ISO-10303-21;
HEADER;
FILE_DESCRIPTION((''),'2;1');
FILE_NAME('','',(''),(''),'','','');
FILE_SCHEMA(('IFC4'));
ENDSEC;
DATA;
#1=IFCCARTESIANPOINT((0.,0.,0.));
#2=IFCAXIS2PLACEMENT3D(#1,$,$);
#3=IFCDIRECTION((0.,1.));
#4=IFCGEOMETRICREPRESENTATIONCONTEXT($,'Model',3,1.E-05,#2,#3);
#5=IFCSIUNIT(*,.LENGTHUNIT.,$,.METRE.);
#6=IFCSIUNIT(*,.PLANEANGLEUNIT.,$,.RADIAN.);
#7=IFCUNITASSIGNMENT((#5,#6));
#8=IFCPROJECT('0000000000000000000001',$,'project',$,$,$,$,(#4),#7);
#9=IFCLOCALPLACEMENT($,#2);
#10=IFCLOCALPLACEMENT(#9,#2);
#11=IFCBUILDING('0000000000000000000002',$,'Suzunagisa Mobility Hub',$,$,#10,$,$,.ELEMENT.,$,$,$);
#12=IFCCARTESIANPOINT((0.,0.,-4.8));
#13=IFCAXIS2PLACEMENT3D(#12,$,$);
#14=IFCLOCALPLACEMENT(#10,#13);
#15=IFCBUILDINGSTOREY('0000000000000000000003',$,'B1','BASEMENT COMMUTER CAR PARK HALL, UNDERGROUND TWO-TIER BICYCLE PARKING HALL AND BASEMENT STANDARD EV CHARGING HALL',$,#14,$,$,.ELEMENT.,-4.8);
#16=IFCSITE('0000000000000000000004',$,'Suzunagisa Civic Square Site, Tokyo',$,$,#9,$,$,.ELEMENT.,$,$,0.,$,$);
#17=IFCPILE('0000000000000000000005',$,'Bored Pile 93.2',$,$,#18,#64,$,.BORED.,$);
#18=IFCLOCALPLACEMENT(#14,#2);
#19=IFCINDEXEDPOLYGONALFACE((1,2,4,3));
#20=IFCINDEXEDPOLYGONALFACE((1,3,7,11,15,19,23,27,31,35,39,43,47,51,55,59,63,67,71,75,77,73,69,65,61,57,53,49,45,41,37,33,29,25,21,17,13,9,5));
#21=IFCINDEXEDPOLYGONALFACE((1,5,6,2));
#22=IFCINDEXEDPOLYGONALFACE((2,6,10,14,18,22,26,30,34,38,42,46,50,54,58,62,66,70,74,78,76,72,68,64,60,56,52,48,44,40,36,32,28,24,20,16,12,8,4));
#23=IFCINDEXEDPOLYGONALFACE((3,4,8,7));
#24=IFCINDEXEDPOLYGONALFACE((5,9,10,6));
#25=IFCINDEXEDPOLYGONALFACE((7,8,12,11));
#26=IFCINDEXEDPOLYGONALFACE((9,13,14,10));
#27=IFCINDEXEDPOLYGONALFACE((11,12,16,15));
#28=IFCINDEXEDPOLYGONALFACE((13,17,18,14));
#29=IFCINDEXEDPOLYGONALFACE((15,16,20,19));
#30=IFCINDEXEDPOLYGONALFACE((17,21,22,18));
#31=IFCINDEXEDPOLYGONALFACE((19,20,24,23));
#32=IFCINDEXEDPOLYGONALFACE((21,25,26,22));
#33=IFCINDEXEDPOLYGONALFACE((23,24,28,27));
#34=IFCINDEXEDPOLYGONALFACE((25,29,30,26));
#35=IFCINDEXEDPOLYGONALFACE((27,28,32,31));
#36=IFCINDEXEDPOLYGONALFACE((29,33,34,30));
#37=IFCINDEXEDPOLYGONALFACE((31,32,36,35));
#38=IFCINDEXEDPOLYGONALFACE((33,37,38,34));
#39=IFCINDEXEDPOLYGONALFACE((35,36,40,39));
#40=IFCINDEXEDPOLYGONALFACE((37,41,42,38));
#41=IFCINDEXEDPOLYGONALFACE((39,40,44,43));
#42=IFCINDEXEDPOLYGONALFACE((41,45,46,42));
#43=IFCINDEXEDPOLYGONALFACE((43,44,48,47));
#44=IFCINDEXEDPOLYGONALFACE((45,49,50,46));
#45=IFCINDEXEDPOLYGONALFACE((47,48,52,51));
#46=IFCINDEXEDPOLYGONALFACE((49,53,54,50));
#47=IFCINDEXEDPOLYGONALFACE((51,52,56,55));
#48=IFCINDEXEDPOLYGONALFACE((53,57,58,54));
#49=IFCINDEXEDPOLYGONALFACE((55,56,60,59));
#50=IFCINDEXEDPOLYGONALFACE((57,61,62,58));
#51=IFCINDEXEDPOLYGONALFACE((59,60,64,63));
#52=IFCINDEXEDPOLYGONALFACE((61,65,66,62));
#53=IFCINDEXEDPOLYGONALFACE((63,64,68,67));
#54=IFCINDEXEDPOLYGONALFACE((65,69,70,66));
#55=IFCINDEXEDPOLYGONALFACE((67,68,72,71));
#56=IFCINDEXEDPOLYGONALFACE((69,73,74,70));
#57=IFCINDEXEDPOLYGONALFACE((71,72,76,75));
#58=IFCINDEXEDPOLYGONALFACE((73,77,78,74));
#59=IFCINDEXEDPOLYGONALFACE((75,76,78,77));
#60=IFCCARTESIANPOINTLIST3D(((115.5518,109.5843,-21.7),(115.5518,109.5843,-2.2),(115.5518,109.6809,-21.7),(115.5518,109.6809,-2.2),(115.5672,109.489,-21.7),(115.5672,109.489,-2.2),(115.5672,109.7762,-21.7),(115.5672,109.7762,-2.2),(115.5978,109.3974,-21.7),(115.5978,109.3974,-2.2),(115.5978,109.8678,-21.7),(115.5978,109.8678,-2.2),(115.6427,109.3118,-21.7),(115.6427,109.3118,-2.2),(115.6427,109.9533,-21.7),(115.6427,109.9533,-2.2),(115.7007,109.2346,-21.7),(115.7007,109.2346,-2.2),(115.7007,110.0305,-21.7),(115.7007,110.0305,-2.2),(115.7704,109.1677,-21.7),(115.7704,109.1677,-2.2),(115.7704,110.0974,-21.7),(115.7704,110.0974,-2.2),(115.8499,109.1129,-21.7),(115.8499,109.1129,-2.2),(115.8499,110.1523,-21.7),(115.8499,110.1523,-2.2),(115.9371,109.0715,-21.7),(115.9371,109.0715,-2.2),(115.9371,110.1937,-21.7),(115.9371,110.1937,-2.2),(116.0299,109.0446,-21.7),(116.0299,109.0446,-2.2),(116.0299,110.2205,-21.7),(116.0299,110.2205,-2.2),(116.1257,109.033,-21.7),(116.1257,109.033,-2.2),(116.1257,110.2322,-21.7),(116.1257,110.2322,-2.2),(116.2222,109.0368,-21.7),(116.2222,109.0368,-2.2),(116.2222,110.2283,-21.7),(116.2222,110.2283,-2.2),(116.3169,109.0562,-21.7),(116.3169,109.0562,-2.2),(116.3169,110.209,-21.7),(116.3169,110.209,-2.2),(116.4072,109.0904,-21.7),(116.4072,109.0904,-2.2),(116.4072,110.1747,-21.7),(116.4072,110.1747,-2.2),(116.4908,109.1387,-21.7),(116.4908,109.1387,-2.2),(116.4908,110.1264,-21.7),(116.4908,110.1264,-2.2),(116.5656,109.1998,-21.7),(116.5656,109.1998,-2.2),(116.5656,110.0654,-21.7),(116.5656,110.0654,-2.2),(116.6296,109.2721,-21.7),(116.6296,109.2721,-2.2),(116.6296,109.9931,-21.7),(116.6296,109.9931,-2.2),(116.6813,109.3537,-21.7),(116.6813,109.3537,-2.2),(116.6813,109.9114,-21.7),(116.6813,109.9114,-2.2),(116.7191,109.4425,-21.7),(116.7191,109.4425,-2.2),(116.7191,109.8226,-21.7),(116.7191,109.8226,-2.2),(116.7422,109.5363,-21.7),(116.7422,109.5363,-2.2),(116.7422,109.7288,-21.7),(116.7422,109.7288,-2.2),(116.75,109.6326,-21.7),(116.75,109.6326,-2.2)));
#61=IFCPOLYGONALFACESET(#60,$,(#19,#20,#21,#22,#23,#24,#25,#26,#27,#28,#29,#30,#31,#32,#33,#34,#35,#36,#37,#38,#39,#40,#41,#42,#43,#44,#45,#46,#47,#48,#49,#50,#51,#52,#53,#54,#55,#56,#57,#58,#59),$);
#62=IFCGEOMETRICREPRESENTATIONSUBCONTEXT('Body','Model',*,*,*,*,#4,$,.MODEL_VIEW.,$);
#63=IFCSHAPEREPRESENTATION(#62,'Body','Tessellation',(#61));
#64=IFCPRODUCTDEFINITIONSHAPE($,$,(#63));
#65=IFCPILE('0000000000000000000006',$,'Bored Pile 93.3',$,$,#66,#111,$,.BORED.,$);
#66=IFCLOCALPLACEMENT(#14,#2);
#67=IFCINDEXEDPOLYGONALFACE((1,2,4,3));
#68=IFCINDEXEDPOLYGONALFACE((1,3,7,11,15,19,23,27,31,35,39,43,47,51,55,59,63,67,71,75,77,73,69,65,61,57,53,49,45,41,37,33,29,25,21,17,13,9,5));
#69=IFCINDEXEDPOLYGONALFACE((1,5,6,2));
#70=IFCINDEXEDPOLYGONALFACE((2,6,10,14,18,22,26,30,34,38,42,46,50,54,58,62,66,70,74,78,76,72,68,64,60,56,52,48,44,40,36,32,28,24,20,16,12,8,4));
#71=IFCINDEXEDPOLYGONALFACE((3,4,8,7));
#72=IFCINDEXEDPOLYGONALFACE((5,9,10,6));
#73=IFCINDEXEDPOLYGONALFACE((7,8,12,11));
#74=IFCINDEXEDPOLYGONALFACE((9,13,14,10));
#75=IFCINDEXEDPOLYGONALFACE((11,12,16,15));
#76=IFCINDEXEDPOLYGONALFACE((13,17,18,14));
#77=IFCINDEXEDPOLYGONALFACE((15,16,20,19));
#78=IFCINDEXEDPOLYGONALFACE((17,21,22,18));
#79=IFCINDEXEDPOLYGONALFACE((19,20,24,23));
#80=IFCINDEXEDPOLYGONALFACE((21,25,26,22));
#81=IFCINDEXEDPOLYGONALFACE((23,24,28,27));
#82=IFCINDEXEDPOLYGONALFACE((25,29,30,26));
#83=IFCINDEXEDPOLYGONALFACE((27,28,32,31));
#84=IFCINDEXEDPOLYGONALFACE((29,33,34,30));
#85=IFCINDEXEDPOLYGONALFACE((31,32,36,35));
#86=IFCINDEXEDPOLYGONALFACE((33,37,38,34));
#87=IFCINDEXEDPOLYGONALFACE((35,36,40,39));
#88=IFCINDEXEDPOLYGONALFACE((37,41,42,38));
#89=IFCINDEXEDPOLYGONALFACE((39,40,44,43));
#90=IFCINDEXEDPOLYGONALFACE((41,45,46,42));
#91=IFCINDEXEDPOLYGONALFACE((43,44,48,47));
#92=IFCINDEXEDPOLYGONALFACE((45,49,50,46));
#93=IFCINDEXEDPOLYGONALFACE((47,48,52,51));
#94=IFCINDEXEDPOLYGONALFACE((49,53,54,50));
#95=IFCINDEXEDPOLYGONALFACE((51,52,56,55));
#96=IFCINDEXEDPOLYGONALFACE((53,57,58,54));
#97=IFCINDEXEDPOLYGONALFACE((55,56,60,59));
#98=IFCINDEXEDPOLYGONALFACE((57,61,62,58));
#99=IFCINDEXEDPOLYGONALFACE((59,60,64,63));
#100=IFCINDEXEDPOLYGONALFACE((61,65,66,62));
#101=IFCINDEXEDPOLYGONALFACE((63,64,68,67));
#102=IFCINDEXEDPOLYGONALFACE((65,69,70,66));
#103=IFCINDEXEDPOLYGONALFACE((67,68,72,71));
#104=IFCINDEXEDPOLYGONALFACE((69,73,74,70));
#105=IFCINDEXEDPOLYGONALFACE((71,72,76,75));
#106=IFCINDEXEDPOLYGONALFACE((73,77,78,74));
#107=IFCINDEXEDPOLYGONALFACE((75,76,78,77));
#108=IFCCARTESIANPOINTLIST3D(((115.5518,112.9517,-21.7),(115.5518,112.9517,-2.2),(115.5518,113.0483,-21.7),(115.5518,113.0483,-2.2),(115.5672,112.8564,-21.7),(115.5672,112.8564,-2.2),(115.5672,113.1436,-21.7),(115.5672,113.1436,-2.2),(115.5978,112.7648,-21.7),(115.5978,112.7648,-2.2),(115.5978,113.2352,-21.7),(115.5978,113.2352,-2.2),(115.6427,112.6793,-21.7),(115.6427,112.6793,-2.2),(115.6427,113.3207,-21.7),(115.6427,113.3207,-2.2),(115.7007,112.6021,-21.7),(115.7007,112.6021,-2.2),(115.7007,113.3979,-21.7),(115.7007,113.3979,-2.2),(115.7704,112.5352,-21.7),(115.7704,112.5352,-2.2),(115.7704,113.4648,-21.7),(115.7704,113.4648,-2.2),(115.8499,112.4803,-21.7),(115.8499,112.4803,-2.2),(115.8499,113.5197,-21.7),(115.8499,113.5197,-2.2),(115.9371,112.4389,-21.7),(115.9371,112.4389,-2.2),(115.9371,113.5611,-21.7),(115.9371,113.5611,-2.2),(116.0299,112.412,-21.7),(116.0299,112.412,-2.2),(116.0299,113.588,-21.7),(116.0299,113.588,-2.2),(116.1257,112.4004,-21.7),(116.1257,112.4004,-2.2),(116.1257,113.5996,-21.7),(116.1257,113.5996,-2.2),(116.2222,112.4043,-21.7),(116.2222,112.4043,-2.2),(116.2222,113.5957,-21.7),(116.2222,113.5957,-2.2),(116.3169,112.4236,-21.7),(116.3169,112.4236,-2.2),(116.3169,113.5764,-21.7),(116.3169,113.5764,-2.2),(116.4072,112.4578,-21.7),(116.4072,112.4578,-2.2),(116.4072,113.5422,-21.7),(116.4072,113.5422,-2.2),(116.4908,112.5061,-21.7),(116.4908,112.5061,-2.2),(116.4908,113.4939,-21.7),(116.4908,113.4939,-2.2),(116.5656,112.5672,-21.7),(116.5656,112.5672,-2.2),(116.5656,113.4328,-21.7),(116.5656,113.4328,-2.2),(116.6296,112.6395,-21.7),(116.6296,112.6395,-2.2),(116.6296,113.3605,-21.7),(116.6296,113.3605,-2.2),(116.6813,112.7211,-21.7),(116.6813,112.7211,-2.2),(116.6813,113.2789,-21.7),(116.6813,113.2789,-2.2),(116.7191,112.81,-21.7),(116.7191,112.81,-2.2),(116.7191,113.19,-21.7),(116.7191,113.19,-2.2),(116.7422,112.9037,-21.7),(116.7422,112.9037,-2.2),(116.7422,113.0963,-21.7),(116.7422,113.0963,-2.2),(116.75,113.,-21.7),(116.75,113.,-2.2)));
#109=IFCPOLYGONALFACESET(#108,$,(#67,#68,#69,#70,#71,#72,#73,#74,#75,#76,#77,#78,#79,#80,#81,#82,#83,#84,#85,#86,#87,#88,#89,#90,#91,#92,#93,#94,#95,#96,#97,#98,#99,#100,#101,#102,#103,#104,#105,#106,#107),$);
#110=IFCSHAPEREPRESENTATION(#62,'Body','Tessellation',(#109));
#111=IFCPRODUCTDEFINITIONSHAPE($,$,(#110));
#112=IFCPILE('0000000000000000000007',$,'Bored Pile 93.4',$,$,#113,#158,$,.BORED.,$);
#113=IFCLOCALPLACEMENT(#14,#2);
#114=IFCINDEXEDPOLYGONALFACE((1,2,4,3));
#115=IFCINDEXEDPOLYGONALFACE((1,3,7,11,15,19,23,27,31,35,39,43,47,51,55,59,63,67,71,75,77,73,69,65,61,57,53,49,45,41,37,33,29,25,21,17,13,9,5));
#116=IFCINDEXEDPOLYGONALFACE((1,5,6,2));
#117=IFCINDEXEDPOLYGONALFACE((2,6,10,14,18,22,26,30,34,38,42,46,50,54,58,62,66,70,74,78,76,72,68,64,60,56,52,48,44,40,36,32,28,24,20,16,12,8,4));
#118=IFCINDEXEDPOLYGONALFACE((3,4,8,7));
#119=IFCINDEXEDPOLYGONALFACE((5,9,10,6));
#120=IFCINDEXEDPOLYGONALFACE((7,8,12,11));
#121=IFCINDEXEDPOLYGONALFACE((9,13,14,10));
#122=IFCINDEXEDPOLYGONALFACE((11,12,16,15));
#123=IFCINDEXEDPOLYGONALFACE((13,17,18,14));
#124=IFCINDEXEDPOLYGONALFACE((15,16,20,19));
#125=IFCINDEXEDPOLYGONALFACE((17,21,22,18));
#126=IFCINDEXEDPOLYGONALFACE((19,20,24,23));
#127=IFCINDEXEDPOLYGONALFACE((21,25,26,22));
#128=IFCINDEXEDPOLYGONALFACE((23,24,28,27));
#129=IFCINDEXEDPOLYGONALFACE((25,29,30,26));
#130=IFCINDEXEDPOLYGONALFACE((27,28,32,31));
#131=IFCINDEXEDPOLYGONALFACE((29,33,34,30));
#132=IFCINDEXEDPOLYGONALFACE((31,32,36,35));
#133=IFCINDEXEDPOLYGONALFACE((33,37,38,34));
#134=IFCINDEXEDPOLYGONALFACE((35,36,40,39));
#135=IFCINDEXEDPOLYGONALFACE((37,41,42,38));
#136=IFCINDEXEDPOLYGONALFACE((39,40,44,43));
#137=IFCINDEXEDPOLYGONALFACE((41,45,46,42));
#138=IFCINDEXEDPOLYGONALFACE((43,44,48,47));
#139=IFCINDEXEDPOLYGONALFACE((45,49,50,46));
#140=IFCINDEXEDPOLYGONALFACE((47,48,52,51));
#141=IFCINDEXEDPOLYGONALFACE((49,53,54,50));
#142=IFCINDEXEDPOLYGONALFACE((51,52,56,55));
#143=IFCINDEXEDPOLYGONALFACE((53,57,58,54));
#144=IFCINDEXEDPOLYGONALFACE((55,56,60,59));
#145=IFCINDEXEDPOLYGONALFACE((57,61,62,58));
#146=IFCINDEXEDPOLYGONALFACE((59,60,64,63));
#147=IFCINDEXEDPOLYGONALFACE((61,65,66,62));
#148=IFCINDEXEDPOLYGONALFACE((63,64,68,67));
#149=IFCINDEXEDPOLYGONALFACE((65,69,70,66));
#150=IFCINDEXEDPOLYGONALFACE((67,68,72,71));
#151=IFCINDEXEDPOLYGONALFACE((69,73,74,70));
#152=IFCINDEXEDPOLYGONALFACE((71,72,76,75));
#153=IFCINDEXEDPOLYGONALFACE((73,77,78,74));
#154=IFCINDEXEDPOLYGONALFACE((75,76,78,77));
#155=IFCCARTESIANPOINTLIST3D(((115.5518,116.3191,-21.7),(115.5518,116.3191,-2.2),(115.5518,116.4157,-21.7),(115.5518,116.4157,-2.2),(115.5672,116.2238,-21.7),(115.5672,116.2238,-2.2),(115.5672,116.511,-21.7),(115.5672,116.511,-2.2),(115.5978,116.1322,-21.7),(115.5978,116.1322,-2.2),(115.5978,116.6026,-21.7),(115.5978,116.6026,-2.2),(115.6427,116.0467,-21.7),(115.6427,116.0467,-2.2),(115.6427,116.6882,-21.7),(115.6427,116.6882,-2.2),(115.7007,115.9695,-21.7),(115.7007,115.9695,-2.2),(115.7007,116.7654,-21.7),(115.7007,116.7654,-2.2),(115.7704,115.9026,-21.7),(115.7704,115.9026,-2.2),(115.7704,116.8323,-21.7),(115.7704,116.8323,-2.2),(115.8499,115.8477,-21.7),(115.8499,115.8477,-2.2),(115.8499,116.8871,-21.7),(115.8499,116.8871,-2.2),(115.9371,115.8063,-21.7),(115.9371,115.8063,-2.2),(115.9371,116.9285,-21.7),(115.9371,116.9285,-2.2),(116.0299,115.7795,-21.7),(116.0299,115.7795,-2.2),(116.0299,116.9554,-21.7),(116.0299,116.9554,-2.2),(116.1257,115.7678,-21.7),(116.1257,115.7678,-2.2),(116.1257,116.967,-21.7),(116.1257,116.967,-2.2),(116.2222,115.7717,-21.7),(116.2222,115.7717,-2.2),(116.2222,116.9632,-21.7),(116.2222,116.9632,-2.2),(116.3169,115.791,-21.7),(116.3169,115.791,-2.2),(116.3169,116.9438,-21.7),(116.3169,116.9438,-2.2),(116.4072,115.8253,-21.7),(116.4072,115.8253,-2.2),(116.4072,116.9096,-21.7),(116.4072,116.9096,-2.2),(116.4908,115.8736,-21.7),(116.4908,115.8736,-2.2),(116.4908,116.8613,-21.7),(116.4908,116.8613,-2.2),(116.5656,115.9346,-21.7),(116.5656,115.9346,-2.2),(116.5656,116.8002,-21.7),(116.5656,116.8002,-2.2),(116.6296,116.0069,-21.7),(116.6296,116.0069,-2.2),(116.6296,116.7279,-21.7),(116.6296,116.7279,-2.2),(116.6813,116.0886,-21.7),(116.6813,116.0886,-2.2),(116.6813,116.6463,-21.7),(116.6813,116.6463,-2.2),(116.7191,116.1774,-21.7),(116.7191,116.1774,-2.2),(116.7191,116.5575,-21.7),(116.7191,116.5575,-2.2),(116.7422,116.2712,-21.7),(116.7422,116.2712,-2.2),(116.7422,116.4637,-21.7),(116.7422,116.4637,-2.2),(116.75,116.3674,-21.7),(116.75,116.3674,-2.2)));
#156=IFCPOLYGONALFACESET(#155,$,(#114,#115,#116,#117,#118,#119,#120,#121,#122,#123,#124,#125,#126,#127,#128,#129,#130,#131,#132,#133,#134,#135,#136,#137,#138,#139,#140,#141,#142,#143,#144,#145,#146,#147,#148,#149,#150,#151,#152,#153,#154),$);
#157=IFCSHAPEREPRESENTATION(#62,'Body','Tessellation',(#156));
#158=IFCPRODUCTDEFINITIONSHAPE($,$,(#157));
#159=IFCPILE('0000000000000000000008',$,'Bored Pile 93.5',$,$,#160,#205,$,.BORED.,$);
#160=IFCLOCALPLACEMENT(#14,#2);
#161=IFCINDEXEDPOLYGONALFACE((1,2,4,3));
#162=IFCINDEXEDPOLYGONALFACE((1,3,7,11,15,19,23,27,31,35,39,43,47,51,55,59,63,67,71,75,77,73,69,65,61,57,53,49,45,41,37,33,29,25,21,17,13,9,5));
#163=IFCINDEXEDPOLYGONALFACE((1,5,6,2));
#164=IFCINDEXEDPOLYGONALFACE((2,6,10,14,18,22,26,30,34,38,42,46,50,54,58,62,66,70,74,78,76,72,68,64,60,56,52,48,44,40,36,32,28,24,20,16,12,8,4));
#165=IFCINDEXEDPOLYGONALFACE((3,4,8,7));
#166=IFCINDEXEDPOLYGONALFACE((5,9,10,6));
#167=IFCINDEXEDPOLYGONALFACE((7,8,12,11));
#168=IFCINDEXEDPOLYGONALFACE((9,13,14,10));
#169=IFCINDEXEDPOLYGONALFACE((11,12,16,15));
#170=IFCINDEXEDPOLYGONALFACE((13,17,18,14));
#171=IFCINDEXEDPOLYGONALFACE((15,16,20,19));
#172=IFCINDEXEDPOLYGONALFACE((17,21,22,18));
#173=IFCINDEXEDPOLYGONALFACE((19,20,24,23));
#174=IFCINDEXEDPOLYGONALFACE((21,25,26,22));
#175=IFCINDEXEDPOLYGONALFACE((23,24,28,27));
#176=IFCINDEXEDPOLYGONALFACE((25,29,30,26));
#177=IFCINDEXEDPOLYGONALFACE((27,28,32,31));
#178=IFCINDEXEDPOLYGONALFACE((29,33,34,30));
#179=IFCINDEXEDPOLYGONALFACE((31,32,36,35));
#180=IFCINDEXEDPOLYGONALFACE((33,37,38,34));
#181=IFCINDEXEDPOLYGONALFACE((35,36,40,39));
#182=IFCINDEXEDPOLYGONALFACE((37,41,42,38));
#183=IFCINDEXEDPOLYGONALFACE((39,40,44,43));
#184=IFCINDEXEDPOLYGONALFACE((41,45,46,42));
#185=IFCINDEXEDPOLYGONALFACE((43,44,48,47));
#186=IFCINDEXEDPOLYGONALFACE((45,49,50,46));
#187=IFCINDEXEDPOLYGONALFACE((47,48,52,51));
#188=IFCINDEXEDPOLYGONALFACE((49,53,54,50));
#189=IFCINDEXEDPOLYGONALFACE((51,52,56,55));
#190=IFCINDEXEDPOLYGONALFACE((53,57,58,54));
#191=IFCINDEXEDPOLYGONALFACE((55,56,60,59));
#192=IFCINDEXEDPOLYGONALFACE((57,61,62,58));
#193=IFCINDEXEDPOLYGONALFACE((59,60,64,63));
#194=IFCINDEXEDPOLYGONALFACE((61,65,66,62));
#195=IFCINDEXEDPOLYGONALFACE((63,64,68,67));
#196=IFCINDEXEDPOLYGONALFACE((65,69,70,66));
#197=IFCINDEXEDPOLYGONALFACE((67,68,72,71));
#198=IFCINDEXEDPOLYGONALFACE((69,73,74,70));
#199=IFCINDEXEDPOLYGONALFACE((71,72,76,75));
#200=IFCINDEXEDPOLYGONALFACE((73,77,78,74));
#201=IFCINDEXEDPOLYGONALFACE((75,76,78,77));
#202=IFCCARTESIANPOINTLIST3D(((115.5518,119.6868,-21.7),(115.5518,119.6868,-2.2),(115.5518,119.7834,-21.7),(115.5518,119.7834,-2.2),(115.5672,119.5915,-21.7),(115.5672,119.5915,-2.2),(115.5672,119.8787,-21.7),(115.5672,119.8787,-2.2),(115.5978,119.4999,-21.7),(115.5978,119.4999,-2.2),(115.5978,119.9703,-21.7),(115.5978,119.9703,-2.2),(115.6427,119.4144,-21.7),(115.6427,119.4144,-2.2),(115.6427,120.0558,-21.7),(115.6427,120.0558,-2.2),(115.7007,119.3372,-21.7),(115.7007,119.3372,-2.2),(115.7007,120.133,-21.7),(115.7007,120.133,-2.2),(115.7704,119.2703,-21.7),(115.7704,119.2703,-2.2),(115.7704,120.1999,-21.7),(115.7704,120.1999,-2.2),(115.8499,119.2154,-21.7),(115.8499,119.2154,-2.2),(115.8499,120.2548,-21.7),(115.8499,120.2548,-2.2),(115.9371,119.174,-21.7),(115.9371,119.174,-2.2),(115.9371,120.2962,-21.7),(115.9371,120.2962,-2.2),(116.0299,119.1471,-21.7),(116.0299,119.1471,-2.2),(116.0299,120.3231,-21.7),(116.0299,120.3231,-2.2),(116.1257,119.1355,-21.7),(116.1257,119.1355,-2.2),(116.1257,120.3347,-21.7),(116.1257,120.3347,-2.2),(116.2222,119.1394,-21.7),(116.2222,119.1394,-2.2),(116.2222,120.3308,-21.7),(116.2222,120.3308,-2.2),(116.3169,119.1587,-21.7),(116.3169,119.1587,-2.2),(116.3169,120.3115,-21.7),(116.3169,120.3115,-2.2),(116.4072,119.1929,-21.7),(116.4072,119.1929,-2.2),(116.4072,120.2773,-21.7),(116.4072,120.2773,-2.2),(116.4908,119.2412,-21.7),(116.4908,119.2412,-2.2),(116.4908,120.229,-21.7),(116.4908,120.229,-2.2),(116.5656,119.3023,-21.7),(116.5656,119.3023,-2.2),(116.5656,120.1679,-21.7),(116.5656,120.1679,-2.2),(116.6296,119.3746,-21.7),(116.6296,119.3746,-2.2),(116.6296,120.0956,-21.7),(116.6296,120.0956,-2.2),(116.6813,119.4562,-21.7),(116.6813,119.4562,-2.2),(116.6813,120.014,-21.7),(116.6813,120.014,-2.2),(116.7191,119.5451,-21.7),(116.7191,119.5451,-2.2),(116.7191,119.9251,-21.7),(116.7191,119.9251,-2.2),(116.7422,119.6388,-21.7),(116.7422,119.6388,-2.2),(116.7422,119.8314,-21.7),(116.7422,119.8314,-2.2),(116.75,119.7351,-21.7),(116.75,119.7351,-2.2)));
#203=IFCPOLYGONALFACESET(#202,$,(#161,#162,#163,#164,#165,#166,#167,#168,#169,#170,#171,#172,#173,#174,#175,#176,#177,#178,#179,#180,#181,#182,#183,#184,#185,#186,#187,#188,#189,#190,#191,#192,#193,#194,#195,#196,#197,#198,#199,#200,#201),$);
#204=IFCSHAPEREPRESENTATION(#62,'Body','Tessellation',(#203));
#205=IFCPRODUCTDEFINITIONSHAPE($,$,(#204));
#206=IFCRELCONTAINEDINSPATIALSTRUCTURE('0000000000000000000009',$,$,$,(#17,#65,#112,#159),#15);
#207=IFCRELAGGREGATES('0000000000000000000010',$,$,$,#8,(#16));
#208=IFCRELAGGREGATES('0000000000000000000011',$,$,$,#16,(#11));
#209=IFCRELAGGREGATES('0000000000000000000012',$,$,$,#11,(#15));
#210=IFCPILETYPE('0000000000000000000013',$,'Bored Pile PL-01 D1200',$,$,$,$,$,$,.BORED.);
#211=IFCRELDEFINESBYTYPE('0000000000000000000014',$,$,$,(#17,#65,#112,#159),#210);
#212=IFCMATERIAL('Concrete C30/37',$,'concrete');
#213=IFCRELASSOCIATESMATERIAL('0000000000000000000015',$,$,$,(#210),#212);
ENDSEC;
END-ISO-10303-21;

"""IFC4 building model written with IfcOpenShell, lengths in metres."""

from ifc_helpers import new_model, si_unit, direction, frame, origin, origin_2d, place, context, subcontext, project, spatial, circle, extrude, material, material_profile, profile_set, type_object, element, save


model = new_model("IFC4")

# Units and contexts
model_context = context("Model", 3, precision=1e-05, world=origin(), true_north=direction((0.0, 1.0)))
body_context = subcontext(model_context, "Body", "Model", "MODEL_VIEW")
ifc_project = project(units=[si_unit("LENGTHUNIT", "METRE"), si_unit("PLANEANGLEUNIT", "RADIAN")], contexts=[model_context])

# Site, building, storey
site_placement = place(None, origin())
site = spatial("IfcSite", under=ifc_project, at=site_placement, Name="Suzunagisa Civic Square Site, Tokyo", CompositionType="ELEMENT", RefElevation=0.0)
building_placement = place(site_placement, origin())
building = spatial("IfcBuilding", under=site, at=building_placement, Name="Suzunagisa Mobility Hub", CompositionType="ELEMENT")
storey_placement = place(building_placement, frame((0.0, 0.0, -4.8)))
storey = spatial("IfcBuildingStorey", under=building, at=storey_placement, Name="B1", Description="BASEMENT COMMUTER CAR PARK HALL, UNDERGROUND TWO-TIER BICYCLE PARKING HALL AND BASEMENT STANDARD EV CHARGING HALL", CompositionType="ELEMENT", Elevation=-4.8)

# Piles
ifc_material_1 = material(Name="Concrete C30/37", Category="concrete")
ifc_material_profile_1 = material_profile(ifc_material_1, circle(Radius=0.6001, at=origin_2d()), Name="BORED PILE D1200")
ifc_profile_set_1 = profile_set([ifc_material_profile_1], Name="Concrete C30/37")
pile_type_1 = type_object("IfcPileType", Name="Bored Pile PL-01 D1200", PredefinedType="BORED", material=ifc_profile_set_1)
for number, where, z_axis, x_axis, name in (
    (1, (116.1499, 109.6326, -2.2), (0.0, 0.0, -1.0), (1.0, 0.0, 0.0), "Bored Pile 93.2"),
    (2, (116.1499, 113.0, -2.2), (0.0, 0.0, -1.0), (1.0, 0.0, 0.0), "Bored Pile 93.3"),
    (3, (116.1499, 116.3674, -2.2), (0.0, 0.0, -1.0), (1.0, 0.0, 0.0), "Bored Pile 93.4"),
    (4, (116.1499, 119.7351, -2.2), (0.0, 0.0, -1.0), (1.0, 0.0, 0.0), "Bored Pile 93.5"),
):
    element("IfcPile", number, at=place(storey_placement, frame(where, z_axis=z_axis, x_axis=x_axis)), inside=storey, type_object=pile_type_1, Name=name, PredefinedType="BORED", context=body_context, shape_type="SweptSolid", body=[
        extrude(circle(Radius=0.6001, at=origin_2d()), origin(), (0.0, 0.0, 1.0), 19.5),
    ])

save(model, "model.ifc")
